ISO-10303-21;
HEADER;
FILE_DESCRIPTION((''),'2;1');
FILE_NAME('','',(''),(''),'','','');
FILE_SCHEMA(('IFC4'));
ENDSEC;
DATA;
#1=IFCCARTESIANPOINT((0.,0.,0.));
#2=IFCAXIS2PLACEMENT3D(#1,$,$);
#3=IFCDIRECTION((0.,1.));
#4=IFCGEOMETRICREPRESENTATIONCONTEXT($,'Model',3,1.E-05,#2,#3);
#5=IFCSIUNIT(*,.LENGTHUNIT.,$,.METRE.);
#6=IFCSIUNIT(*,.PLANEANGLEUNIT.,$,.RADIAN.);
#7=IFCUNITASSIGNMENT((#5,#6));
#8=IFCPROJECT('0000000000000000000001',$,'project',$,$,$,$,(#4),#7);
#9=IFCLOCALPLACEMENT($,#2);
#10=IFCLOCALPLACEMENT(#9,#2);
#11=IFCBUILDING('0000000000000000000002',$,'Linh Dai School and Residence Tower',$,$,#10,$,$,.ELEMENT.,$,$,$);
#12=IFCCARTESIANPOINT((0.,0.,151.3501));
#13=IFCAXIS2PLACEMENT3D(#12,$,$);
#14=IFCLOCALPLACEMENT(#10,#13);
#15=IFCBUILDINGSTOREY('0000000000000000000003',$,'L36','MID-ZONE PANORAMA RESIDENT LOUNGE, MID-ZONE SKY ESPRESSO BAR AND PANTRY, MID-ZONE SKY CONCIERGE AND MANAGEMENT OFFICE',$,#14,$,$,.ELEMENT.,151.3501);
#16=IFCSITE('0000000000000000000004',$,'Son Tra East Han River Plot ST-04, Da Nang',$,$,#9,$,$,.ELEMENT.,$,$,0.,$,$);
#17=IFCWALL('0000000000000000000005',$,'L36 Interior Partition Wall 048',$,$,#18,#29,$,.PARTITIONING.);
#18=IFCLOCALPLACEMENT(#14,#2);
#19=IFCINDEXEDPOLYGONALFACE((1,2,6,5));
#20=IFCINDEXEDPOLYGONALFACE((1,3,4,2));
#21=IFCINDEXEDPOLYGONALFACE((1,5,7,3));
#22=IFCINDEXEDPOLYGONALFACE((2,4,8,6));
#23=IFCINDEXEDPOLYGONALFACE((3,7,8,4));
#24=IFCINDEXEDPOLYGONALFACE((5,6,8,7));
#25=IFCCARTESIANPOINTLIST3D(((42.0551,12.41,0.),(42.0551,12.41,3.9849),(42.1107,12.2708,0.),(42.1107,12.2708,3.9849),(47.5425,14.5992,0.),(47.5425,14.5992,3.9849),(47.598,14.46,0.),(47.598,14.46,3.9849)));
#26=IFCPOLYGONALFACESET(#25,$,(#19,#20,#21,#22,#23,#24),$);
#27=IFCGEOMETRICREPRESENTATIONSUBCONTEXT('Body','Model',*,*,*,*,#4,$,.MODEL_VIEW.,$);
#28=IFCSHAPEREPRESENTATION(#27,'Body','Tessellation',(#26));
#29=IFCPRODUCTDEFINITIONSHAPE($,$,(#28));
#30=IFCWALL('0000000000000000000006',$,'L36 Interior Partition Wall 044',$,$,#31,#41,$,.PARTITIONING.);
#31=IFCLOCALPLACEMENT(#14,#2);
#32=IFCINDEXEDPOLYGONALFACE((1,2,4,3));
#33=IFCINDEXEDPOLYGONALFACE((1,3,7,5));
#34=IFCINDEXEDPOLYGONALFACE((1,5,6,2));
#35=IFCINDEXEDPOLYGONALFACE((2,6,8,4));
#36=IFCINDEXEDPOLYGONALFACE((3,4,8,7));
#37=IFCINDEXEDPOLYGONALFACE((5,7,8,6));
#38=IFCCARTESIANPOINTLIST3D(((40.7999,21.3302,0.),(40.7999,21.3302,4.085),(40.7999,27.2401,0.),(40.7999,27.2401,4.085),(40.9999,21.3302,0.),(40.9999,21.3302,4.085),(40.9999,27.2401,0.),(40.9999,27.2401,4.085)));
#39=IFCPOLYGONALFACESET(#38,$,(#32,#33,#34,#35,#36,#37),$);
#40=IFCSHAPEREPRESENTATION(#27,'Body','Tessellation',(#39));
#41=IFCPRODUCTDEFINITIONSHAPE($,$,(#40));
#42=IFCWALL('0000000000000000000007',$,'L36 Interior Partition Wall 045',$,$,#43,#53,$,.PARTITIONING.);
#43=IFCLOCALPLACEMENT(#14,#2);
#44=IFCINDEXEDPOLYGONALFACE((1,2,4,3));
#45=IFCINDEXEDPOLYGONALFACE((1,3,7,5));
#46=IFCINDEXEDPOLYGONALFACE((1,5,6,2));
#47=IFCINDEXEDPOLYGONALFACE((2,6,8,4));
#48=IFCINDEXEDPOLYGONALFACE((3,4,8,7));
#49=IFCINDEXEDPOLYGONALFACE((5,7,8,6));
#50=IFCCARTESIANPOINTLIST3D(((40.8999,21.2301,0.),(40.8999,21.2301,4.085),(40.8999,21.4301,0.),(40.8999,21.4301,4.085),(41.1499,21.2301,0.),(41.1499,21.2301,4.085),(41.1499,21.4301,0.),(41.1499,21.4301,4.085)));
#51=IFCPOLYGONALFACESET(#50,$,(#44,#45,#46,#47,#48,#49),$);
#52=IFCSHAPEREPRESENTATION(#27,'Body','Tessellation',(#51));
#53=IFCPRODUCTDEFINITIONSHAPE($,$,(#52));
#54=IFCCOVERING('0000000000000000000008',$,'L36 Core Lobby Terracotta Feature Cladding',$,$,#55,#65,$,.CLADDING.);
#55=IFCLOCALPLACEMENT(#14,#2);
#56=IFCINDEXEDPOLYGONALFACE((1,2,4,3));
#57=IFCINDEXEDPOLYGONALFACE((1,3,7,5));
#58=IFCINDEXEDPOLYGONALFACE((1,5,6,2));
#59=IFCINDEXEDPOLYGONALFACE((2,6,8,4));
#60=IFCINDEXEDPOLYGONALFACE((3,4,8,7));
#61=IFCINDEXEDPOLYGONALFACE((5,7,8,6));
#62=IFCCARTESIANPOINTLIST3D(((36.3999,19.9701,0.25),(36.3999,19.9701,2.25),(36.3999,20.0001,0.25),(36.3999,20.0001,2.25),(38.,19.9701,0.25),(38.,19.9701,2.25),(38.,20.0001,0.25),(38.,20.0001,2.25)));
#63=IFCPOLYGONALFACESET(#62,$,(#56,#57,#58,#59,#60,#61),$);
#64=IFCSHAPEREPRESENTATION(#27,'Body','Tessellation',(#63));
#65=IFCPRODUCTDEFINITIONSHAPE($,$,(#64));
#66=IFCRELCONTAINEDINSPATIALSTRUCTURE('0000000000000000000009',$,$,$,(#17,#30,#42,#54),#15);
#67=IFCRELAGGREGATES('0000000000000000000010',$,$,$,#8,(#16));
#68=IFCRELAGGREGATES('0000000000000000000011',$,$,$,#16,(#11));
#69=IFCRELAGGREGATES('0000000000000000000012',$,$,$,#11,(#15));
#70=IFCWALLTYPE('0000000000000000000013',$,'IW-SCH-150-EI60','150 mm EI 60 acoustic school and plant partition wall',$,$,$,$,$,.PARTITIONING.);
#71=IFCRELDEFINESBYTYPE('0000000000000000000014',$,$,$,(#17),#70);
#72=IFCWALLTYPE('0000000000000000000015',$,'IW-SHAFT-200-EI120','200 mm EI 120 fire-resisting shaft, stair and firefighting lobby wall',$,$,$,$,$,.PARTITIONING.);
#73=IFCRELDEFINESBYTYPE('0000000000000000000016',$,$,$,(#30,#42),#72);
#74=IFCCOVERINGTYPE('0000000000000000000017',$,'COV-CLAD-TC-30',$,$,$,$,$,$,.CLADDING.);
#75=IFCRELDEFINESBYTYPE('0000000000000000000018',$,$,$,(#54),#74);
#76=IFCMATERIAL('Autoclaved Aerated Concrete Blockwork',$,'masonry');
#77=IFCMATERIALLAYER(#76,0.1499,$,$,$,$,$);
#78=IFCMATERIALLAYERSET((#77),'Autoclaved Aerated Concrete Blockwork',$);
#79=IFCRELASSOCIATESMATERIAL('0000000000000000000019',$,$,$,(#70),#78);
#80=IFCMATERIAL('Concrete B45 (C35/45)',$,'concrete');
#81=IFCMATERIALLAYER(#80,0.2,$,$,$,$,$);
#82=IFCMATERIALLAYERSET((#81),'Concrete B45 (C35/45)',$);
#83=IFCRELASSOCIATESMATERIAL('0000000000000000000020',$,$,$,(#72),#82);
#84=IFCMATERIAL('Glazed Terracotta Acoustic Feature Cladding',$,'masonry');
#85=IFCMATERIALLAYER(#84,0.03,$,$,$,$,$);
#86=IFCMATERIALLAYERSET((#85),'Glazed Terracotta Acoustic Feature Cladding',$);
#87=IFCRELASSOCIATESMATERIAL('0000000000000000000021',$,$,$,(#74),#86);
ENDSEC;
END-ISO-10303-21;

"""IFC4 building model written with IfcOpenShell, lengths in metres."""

from ifc_helpers import new_model, si_unit, direction, frame, frame_2d, origin, origin_2d, place, context, subcontext, project, spatial, rectangle, extrude, source, transform, mapped, material, layer, layer_set, type_object, element, save


model = new_model("IFC4")

# Units and contexts
model_context = context("Model", 3, precision=1e-05, world=origin(), true_north=direction((0.0, 1.0)))
body_context = subcontext(model_context, "Body", "Model", "MODEL_VIEW")
ifc_project = project(units=[si_unit("LENGTHUNIT", "METRE"), si_unit("PLANEANGLEUNIT", "RADIAN")], contexts=[model_context])

# Site, building, storey
site_placement = place(None, origin())
site = spatial("IfcSite", under=ifc_project, at=site_placement, Name="Son Tra East Han River Plot ST-04, Da Nang", CompositionType="ELEMENT", RefElevation=0.0)
building_placement = place(site_placement, origin())
building = spatial("IfcBuilding", under=site, at=building_placement, Name="Linh Dai School and Residence Tower", CompositionType="ELEMENT")
storey_placement = place(building_placement, frame((0.0, 0.0, 151.3501)))
storey = spatial("IfcBuildingStorey", under=building, at=storey_placement, Name="L36", Description="MID-ZONE PANORAMA RESIDENT LOUNGE, MID-ZONE SKY ESPRESSO BAR AND PANTRY, MID-ZONE SKY CONCIERGE AND MANAGEMENT OFFICE", CompositionType="ELEMENT", Elevation=151.3501)

# Shared definitions
ifc_material_1 = material(Name="Autoclaved Aerated Concrete Blockwork", Category="masonry")

# Shared definitions
ifc_layer_1 = layer(ifc_material_1, 0.1499)
ifc_layer_set_1 = layer_set([ifc_layer_1], Name="Autoclaved Aerated Concrete Blockwork")
wall_type_1 = type_object("IfcWallType", Name="IW-SCH-150-EI60", Description="150 mm EI 60 acoustic school and plant partition wall", PredefinedType="PARTITIONING", material=ifc_layer_set_1)

# Walls
wall_1_placement = place(storey_placement, frame((42.0828, 12.3403, 0.0), z_axis=(0.0, 0.0, 1.0), x_axis=(0.92881, 0.370557, 0.0)))
element("IfcWall", 1, at=wall_1_placement, inside=storey, type_object=wall_type_1, Name="L36 Interior Partition Wall 048", PredefinedType="PARTITIONING", context=body_context, shape_type="SweptSolid", body=[
    extrude(rectangle(XDim=5.908, YDim=0.1499, at=frame_2d((2.9541, 0.0))), origin(), (0.0, 0.0, 1.0), 3.9849),
])
ifc_material_2 = material(Name="Concrete B45 (C35/45)", Category="concrete")
ifc_layer_2 = layer(ifc_material_2, 0.2)
ifc_layer_set_2 = layer_set([ifc_layer_2], Name="Concrete B45 (C35/45)")
wall_type_2 = type_object("IfcWallType", Name="IW-SHAFT-200-EI120", Description="200 mm EI 120 fire-resisting shaft, stair and firefighting lobby wall", PredefinedType="PARTITIONING", material=ifc_layer_set_2)
wall_2_placement = place(storey_placement, frame((40.8999, 21.3301, 0.0), z_axis=(0.0, 0.0, 1.0), x_axis=(0.0, 1.0, 0.0)))
element("IfcWall", 2, at=wall_2_placement, inside=storey, type_object=wall_type_2, Name="L36 Interior Partition Wall 044", PredefinedType="PARTITIONING", context=body_context, shape_type="SweptSolid", body=[
    extrude(rectangle(XDim=5.9099, YDim=0.2, at=frame_2d((2.9551, 0.0))), origin(), (0.0, 0.0, 1.0), 4.085),
])
wall_3_placement = place(storey_placement, frame((40.8999, 21.3301, 0.0), z_axis=(0.0, 0.0, 1.0), x_axis=(1.0, 0.0, 0.0)))
element("IfcWall", 3, at=wall_3_placement, inside=storey, type_object=wall_type_2, Name="L36 Interior Partition Wall 045", PredefinedType="PARTITIONING", context=body_context, shape_type="SweptSolid", body=[
    extrude(rectangle(XDim=0.25, YDim=0.2, at=frame_2d((0.125, 0.0))), origin(), (0.0, 0.0, 1.0), 4.085),
])

# Covering
ifc_material_3 = material(Name="Glazed Terracotta Acoustic Feature Cladding", Category="masonry")
ifc_layer_3 = layer(ifc_material_3, 0.03)
ifc_layer_set_3 = layer_set([ifc_layer_3], Name="Glazed Terracotta Acoustic Feature Cladding")
covering_type = type_object("IfcCoveringType", Name="COV-CLAD-TC-30", PredefinedType="CLADDING", material=ifc_layer_set_3)
shared_shape_1 = source(origin(), body_context, "Body", "SweptSolid", [
    extrude(rectangle(XDim=1.6001, YDim=0.03, at=origin_2d()), origin(), (0.0, 0.0, 1.0), 2.0),
])
covering_placement = place(storey_placement, frame((37.2, 19.9851, 0.25), z_axis=(0.0, 0.0, 1.0), x_axis=(1.0, 0.0, 0.0)))
element("IfcCovering", 4, at=covering_placement, inside=storey, type_object=covering_type, Name="L36 Core Lobby Terracotta Feature Cladding", PredefinedType="CLADDING", context=body_context, shape_type="MappedRepresentation", body=[
    mapped(shared_shape_1, transform((0.0, 0.0, 0.0), x_axis=(1.0, 0.0, 0.0), y_axis=(0.0, 1.0, 0.0), z_axis=(0.0, 0.0, 1.0), scale=1.0)),
])

save(model, "model.ifc")
